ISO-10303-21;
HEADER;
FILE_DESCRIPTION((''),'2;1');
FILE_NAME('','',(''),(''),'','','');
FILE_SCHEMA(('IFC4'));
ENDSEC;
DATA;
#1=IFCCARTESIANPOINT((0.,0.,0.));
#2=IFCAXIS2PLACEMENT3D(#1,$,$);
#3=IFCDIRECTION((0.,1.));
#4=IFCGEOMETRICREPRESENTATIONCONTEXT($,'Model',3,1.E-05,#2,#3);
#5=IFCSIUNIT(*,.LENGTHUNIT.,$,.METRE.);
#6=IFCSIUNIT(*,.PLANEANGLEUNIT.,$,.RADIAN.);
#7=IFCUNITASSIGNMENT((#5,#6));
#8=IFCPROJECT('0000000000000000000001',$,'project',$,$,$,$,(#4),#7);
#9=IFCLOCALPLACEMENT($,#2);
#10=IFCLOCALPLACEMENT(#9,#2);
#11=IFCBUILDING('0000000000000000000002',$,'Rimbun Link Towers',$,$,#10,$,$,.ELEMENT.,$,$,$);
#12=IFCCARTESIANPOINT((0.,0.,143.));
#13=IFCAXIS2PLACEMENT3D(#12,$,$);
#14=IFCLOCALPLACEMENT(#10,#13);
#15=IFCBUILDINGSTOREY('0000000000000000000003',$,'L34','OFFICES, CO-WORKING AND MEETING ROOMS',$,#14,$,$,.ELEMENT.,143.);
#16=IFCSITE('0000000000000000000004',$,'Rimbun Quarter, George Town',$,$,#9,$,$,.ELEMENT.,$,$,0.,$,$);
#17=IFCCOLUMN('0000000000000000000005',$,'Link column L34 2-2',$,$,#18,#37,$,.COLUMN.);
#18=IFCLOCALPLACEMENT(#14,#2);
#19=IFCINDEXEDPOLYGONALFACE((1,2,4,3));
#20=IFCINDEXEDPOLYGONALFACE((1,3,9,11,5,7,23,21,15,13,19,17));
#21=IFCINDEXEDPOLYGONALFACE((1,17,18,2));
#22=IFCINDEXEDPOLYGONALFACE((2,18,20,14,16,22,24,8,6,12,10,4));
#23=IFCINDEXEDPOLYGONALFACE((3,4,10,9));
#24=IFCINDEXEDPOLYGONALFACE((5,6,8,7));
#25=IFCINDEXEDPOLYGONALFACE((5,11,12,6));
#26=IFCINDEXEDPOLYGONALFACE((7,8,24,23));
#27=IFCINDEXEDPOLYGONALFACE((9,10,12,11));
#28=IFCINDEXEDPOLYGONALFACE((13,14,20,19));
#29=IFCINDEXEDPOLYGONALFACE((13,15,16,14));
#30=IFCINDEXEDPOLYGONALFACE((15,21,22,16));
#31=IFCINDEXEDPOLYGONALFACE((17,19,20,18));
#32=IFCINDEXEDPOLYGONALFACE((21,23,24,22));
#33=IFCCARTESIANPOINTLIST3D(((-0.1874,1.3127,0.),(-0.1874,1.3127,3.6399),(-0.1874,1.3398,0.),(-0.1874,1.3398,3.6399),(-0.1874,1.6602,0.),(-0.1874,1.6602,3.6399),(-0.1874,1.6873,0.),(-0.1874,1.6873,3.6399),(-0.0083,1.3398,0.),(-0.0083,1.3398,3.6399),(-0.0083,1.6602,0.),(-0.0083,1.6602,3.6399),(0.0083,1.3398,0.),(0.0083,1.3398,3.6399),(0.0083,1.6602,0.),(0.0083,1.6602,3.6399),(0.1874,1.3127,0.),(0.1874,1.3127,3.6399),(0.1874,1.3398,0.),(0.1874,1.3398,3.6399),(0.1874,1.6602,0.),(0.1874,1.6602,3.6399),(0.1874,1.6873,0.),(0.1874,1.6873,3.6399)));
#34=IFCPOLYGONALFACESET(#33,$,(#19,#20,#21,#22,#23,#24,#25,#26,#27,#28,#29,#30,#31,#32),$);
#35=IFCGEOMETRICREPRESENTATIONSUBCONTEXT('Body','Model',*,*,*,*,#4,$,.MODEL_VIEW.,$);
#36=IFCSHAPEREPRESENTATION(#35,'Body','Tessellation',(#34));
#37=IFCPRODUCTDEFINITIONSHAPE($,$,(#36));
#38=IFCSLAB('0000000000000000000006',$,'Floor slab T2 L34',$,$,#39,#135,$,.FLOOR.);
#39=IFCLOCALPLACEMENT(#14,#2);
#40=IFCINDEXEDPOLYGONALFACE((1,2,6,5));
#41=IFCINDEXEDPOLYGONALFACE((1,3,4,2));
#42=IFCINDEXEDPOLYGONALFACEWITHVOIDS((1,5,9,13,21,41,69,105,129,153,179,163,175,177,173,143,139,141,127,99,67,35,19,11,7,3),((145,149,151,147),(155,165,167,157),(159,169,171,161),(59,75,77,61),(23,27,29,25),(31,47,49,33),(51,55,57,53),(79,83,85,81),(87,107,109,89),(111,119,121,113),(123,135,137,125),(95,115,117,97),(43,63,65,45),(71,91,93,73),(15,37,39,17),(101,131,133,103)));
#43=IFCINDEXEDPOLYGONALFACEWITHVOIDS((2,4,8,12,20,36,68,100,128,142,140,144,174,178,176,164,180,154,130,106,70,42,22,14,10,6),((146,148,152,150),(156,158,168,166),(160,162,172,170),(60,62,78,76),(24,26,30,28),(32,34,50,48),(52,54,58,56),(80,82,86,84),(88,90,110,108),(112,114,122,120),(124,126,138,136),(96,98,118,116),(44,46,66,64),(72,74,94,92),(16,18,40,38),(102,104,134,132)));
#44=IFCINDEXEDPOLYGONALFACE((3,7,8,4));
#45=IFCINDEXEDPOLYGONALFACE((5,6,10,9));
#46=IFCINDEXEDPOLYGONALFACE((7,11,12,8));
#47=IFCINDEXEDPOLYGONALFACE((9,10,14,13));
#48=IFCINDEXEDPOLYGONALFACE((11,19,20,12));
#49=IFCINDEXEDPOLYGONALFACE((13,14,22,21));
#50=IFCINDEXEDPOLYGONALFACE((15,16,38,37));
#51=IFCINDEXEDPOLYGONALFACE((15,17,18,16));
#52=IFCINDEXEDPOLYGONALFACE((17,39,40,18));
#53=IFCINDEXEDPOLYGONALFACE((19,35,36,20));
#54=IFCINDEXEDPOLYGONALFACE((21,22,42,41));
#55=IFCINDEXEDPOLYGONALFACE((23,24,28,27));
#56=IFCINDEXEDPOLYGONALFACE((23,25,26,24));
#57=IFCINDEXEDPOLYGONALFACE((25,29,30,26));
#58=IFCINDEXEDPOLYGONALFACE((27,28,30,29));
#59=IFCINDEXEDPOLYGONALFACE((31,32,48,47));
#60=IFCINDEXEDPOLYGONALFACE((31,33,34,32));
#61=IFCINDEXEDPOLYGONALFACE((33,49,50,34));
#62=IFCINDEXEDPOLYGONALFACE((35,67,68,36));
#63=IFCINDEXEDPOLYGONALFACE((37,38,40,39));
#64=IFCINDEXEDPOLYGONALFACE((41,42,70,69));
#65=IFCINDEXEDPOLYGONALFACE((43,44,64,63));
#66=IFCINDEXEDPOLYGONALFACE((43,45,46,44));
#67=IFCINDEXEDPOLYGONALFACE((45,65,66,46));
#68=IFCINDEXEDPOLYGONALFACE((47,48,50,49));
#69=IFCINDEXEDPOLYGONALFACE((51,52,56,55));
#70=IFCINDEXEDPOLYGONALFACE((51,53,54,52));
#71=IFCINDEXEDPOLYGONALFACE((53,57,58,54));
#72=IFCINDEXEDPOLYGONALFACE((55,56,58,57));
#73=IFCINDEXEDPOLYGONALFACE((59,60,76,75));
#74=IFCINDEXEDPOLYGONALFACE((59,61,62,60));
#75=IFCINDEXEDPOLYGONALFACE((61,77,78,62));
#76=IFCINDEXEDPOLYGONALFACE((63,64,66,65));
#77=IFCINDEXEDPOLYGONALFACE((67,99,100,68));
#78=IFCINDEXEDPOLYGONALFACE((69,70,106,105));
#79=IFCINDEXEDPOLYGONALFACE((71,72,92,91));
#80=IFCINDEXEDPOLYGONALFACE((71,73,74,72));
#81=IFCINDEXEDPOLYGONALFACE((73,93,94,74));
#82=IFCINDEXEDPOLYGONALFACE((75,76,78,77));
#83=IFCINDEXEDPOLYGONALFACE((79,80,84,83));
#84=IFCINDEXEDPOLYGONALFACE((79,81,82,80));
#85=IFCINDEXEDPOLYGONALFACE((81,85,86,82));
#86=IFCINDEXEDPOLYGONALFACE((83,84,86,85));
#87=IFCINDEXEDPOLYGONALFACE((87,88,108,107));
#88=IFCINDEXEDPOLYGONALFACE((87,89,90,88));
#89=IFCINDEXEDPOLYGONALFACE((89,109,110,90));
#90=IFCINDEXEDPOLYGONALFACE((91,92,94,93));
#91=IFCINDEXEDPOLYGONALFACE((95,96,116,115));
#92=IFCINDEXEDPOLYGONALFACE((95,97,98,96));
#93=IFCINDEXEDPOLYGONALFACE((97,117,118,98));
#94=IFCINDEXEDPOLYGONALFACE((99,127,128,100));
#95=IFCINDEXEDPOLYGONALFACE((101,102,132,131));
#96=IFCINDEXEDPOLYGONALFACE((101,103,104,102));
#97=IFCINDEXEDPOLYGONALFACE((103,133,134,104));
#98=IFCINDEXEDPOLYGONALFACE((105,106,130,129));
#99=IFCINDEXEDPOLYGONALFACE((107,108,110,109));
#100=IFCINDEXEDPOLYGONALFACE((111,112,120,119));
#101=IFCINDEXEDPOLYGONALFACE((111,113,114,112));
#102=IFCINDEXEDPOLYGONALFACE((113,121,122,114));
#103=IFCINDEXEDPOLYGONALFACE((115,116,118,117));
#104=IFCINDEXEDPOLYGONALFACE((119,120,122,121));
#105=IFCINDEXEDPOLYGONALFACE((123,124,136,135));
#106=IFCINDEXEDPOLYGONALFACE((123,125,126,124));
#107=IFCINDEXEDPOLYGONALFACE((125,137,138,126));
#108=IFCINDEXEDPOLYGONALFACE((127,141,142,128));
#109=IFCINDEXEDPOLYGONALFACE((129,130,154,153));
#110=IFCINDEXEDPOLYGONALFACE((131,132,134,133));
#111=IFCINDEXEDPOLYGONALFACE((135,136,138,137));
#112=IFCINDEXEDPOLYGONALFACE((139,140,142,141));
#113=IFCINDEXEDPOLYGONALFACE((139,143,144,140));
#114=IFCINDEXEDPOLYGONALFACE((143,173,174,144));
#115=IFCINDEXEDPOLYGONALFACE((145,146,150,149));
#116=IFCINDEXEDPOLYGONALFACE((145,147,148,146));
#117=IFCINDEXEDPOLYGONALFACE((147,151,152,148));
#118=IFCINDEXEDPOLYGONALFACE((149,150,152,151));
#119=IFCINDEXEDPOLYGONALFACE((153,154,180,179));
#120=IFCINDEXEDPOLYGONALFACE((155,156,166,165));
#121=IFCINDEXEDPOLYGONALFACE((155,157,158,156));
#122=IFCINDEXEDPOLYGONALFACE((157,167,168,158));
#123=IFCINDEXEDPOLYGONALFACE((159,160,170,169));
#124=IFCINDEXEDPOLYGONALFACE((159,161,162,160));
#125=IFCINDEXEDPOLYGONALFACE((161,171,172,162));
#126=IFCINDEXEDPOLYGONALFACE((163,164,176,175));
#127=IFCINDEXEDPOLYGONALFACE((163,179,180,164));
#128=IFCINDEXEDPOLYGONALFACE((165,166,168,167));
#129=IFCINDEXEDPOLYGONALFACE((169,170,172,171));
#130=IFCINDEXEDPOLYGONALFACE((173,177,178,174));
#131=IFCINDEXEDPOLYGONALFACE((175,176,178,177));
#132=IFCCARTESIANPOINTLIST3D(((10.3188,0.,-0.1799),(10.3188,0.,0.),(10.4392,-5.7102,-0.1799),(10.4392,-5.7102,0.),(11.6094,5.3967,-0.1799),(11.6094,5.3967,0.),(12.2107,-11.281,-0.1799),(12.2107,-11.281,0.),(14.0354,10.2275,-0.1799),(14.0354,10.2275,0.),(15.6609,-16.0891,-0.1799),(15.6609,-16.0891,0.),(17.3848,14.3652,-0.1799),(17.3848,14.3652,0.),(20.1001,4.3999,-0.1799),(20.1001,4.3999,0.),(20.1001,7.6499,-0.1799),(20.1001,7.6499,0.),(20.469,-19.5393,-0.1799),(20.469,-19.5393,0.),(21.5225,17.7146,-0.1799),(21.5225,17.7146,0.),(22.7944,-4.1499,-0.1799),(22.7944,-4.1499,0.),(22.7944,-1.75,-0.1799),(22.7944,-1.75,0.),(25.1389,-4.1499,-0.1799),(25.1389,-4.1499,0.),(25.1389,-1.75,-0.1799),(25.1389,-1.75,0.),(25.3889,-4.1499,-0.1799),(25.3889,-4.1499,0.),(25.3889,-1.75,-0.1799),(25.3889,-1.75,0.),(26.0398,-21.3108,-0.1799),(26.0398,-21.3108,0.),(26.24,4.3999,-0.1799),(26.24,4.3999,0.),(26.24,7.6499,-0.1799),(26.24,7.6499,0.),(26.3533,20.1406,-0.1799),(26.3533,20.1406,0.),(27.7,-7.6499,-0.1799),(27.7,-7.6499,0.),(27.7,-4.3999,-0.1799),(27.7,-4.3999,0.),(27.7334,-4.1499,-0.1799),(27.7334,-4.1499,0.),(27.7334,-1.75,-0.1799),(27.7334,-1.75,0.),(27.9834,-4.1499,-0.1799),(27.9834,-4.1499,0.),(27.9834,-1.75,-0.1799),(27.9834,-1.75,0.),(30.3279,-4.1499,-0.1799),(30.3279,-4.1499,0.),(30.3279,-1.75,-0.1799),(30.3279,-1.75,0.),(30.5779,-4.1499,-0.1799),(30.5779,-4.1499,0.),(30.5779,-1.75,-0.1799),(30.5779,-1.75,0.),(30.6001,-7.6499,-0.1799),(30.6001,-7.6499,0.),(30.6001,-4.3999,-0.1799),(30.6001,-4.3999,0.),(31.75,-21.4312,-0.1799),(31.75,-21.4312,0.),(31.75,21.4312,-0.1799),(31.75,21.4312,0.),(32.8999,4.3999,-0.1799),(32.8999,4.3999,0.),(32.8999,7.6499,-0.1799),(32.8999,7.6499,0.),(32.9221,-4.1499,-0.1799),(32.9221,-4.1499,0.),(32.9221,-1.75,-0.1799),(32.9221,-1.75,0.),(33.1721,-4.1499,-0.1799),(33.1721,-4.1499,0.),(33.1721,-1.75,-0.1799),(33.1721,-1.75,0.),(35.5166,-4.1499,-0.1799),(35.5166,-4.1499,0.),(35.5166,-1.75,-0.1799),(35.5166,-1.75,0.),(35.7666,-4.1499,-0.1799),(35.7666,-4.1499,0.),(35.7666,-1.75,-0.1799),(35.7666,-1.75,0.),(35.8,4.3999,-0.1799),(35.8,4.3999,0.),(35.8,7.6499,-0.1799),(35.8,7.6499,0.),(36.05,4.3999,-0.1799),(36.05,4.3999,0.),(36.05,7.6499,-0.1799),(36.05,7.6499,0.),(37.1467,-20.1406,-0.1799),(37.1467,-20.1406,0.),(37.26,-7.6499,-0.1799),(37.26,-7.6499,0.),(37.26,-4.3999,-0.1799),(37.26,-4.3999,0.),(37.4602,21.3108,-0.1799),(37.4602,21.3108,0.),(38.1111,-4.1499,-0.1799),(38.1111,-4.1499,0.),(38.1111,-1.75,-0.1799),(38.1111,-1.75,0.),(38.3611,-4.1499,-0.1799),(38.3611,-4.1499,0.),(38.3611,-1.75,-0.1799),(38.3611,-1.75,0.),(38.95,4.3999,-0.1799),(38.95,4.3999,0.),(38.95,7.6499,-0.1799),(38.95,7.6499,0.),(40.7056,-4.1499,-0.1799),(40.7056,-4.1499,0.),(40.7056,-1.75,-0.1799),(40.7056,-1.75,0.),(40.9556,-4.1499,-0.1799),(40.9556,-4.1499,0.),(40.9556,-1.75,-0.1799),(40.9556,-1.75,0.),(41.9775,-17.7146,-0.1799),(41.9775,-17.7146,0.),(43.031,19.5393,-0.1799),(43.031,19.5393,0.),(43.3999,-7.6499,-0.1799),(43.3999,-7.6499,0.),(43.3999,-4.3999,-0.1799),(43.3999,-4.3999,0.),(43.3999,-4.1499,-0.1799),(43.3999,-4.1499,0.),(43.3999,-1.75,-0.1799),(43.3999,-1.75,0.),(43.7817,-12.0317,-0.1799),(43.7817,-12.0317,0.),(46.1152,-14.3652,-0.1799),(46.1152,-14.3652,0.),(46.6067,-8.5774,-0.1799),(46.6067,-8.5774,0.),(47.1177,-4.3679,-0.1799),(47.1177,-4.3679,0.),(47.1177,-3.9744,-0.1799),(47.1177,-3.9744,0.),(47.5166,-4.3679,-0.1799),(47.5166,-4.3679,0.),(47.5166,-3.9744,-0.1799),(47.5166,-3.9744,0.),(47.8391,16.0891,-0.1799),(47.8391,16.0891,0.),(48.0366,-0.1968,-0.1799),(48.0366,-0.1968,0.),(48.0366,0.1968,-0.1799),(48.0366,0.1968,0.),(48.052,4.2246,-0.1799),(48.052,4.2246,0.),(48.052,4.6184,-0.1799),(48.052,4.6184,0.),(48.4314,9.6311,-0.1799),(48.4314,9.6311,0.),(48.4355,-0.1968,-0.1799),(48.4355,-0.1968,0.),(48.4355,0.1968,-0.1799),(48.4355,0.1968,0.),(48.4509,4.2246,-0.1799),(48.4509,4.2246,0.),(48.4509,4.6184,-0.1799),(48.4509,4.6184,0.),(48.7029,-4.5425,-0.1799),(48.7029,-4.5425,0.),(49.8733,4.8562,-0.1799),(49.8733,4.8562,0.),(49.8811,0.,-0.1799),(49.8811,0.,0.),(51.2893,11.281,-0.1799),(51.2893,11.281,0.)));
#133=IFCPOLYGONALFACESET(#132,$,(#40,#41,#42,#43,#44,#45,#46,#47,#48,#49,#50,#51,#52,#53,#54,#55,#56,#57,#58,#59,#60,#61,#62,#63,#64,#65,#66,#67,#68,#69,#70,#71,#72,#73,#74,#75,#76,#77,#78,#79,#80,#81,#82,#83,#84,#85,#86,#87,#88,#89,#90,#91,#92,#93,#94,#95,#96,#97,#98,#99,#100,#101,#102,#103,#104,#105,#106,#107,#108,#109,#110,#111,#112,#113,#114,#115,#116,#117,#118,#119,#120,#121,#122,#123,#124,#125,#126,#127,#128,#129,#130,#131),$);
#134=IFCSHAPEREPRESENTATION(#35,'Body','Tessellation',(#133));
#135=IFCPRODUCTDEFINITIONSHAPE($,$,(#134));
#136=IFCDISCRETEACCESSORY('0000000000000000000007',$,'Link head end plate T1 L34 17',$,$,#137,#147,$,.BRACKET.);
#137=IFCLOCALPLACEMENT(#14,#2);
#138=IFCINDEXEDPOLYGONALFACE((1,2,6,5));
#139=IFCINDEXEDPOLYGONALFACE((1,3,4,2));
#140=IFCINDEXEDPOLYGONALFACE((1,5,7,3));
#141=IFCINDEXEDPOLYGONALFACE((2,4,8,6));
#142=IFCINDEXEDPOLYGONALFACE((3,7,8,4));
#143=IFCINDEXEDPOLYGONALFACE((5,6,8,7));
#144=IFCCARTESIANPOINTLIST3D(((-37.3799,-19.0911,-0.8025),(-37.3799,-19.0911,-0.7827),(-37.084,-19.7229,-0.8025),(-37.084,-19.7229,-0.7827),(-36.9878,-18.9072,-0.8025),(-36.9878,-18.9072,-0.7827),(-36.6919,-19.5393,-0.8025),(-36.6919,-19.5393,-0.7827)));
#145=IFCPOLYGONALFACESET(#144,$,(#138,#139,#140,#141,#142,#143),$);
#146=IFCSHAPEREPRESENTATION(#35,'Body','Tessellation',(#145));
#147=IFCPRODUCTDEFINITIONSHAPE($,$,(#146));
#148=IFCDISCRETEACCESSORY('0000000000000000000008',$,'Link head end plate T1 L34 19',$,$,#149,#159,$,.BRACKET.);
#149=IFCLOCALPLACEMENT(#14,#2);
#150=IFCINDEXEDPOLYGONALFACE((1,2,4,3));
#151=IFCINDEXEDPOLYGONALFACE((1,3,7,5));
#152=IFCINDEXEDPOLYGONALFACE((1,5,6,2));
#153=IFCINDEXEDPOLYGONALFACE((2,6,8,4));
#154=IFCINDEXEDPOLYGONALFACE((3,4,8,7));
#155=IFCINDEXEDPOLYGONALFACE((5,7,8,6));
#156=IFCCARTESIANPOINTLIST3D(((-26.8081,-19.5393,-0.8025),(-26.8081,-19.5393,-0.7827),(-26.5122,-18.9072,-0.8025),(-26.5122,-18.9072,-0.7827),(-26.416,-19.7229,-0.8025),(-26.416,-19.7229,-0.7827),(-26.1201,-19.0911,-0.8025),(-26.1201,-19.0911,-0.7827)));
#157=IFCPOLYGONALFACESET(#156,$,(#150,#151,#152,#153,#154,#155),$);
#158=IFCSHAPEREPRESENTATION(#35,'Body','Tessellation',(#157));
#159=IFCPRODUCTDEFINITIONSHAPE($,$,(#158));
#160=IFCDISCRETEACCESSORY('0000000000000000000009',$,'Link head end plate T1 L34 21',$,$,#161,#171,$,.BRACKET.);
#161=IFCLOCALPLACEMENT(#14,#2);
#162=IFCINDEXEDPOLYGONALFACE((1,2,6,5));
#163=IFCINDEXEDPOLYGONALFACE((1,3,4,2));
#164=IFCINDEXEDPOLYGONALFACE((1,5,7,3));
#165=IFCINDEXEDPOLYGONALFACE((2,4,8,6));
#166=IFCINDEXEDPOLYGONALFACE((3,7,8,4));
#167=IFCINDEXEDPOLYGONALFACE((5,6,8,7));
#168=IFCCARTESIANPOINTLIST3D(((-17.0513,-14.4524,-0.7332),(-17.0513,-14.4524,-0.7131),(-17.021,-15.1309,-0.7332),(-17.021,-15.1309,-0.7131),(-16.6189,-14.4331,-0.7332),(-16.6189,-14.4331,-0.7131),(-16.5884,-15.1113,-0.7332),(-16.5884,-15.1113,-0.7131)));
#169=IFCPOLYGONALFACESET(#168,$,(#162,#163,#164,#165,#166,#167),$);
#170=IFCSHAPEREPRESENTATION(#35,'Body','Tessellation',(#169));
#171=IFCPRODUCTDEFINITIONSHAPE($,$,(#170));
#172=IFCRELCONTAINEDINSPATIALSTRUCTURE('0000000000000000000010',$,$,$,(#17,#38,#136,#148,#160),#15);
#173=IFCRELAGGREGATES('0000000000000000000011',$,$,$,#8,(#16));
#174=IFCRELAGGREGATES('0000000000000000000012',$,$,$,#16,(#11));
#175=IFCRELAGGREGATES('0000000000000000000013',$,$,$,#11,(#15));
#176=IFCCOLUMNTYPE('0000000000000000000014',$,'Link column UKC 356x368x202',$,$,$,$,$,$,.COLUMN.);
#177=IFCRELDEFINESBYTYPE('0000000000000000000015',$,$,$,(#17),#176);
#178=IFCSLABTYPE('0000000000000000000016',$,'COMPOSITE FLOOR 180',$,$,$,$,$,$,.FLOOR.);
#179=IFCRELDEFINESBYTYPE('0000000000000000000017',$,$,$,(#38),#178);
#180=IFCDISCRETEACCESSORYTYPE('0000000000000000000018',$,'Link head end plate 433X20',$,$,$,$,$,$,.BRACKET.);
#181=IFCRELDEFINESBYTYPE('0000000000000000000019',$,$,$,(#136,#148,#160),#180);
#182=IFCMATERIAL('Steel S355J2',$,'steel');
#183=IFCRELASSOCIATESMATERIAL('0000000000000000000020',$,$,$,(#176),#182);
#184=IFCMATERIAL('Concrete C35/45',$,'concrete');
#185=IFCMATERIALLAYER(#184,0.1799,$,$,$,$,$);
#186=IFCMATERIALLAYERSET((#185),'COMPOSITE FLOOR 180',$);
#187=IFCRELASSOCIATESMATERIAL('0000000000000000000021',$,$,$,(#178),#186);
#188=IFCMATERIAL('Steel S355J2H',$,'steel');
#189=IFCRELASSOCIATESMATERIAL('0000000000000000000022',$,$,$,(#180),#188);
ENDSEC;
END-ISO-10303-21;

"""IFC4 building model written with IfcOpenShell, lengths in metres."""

from ifc_helpers import new_model, si_unit, direction, frame, origin, origin_2d, place, context, subcontext, project, spatial, polyline, rectangle, i_section, outline, extrude, material, layer, layer_set, material_profile, profile_set, type_object, element, save


model = new_model("IFC4")

# Units and contexts
model_context = context("Model", 3, precision=1e-05, world=origin(), true_north=direction((0.0, 1.0)))
body_context = subcontext(model_context, "Body", "Model", "MODEL_VIEW")
ifc_project = project(units=[si_unit("LENGTHUNIT", "METRE"), si_unit("PLANEANGLEUNIT", "RADIAN")], contexts=[model_context])

# Site, building, storey
site_placement = place(None, origin())
site = spatial("IfcSite", under=ifc_project, at=site_placement, Name="Rimbun Quarter, George Town", CompositionType="ELEMENT", RefElevation=0.0)
building_placement = place(site_placement, origin())
building = spatial("IfcBuilding", under=site, at=building_placement, Name="Rimbun Link Towers", CompositionType="ELEMENT")
storey_placement = place(building_placement, frame((0.0, 0.0, 143.0)))
storey = spatial("IfcBuildingStorey", under=building, at=storey_placement, Name="L34", Description="OFFICES, CO-WORKING AND MEETING ROOMS", CompositionType="ELEMENT", Elevation=143.0)

# Column
ifc_material_1 = material(Name="Steel S355J2", Category="steel")
ifc_material_profile_1 = material_profile(ifc_material_1, i_section(OverallWidth=0.3748, OverallDepth=0.3745, WebThickness=0.0166, FlangeThickness=0.0271, at=origin_2d()), Name="UKC 356x368x202")
ifc_profile_set_1 = profile_set([ifc_material_profile_1], Name="Steel S355J2")
column_type = type_object("IfcColumnType", Name="Link column UKC 356x368x202", PredefinedType="COLUMN", material=ifc_profile_set_1)
column_placement = place(storey_placement, frame((0.0, 1.5, 0.0), z_axis=(0.0, 0.0, 1.0), x_axis=(1.0, 0.0, 0.0)))
element("IfcColumn", 1, at=column_placement, inside=storey, type_object=column_type, Name="Link column L34 2-2", PredefinedType="COLUMN", context=body_context, shape_type="SweptSolid", body=[
    extrude(i_section(OverallWidth=0.3748, OverallDepth=0.3745, WebThickness=0.0166, FlangeThickness=0.0271, at=origin_2d()), origin(), (0.0, 0.0, 1.0), 3.6399),
])

# Slab
ifc_material_2 = material(Name="Concrete C35/45", Category="concrete")
ifc_layer_1 = layer(ifc_material_2, 0.1799)
ifc_layer_set_1 = layer_set([ifc_layer_1], Name="COMPOSITE FLOOR 180")
slab_type_1 = type_object("IfcSlabType", Name="COMPOSITE FLOOR 180", PredefinedType="FLOOR", material=ifc_layer_set_1)
slab_1_placement = place(storey_placement, frame((0.0, 0.0, -0.1799)))
element("IfcSlab", 2, at=slab_1_placement, inside=storey, type_object=slab_type_1, Name="Floor slab T2 L34", PredefinedType="FLOOR", context=body_context, shape_type="SweptSolid", body=[
    extrude(outline(polyline([(41.9775, -17.7146), (37.1467, -20.1406), (31.75, -21.4312), (26.0398, -21.3108), (20.469, -19.5393), (15.6609, -16.0891), (12.2107, -11.281), (10.4392, -5.7102), (10.3188, 0.0), (11.6094, 5.3967), (14.0354, 10.2275), (17.3848, 14.3652), (21.5225, 17.7146), (26.3533, 20.1406), (31.75, 21.4312), (37.4602, 21.3108), (43.031, 19.5393), (47.8391, 16.0891), (51.2893, 11.281), (48.4314, 9.6311), (49.8733, 4.8562), (49.8811, 0.0), (48.7029, -4.5425), (46.6067, -8.5774), (43.7817, -12.0317), (46.1152, -14.3652), (41.9775, -17.7146)]), holes=[polyline([(30.6001, -7.6499), (30.6001, -4.3999), (27.7, -4.3999), (27.7, -7.6499), (30.6001, -7.6499)]), polyline([(25.1389, -4.1499), (25.1389, -1.75), (22.7944, -1.75), (22.7944, -4.1499), (25.1389, -4.1499)]), polyline([(27.7334, -4.1499), (27.7334, -1.75), (25.3889, -1.75), (25.3889, -4.1499), (27.7334, -4.1499)]), polyline([(30.3279, -4.1499), (30.3279, -1.75), (27.9834, -1.75), (27.9834, -4.1499), (30.3279, -4.1499)]), polyline([(32.9221, -4.1499), (32.9221, -1.75), (30.5779, -1.75), (30.5779, -4.1499), (32.9221, -4.1499)]), polyline([(35.5166, -4.1499), (35.5166, -1.75), (33.1721, -1.75), (33.1721, -4.1499), (35.5166, -4.1499)]), polyline([(26.24, 4.3999), (26.24, 7.6499), (20.1001, 7.6499), (20.1001, 4.3999), (26.24, 4.3999)]), polyline([(35.8, 4.3999), (35.8, 7.6499), (32.8999, 7.6499), (32.8999, 4.3999), (35.8, 4.3999)]), polyline([(43.3999, -7.6499), (43.3999, -4.3999), (37.26, -4.3999), (37.26, -7.6499), (43.3999, -7.6499)]), polyline([(47.5166, -4.3679), (47.5166, -3.9744), (47.1177, -3.9744), (47.1177, -4.3679), (47.5166, -4.3679)]), polyline([(38.1111, -4.1499), (38.1111, -1.75), (35.7666, -1.75), (35.7666, -4.1499), (38.1111, -4.1499)]), polyline([(40.7056, -4.1499), (40.7056, -1.75), (38.3611, -1.75), (38.3611, -4.1499), (40.7056, -4.1499)]), polyline([(43.3999, -4.1499), (43.3999, -1.75), (40.9556, -1.75), (40.9556, -4.1499), (43.3999, -4.1499)]), polyline([(48.4355, -0.1968), (48.4355, 0.1968), (48.0366, 0.1968), (48.0366, -0.1968), (48.4355, -0.1968)]), polyline([(48.4509, 4.2246), (48.4509, 4.6184), (48.052, 4.6184), (48.052, 4.2246), (48.4509, 4.2246)]), polyline([(38.95, 4.3999), (38.95, 7.6499), (36.05, 7.6499), (36.05, 4.3999), (38.95, 4.3999)])]), origin(), (0.0, 0.0, 1.0), 0.1799),
])

# Discrete accessories
ifc_material_3 = material(Name="Steel S355J2H", Category="steel")
ifc_material_profile_2 = material_profile(ifc_material_3, rectangle(XDim=0.4331, YDim=0.4331, at=origin_2d()), Name="PL 433x433")
ifc_profile_set_2 = profile_set([ifc_material_profile_2], Name="Steel S355J2H")
discrete_accessory_type = type_object("IfcDiscreteAccessoryType", Name="Link head end plate 433X20", PredefinedType="BRACKET", material=ifc_profile_set_2)
discrete_accessory_1_placement = place(storey_placement, frame((0.0, 0.0, -0.8025)))
element("IfcDiscreteAccessory", 3, at=discrete_accessory_1_placement, inside=storey, type_object=discrete_accessory_type, Name="Link head end plate T1 L34 17", PredefinedType="BRACKET", context=body_context, shape_type="SweptSolid", body=[
    extrude(outline(polyline([(-37.3799, -19.0911), (-37.084, -19.7229), (-36.6919, -19.5393), (-36.9878, -18.9072), (-37.3799, -19.0911)])), origin(), (0.0, 0.0, 1.0), 0.0198),
])
discrete_accessory_2_placement = place(storey_placement, frame((0.0, 0.0, -0.8025)))
element("IfcDiscreteAccessory", 4, at=discrete_accessory_2_placement, inside=storey, type_object=discrete_accessory_type, Name="Link head end plate T1 L34 19", PredefinedType="BRACKET", context=body_context, shape_type="SweptSolid", body=[
    extrude(outline(polyline([(-26.5122, -18.9072), (-26.8081, -19.5393), (-26.416, -19.7229), (-26.1201, -19.0911), (-26.5122, -18.9072)])), origin(), (0.0, 0.0, 1.0), 0.0198),
])
discrete_accessory_3_placement = place(storey_placement, frame((0.0, 0.0, -0.7332)))
element("IfcDiscreteAccessory", 5, at=discrete_accessory_3_placement, inside=storey, type_object=discrete_accessory_type, Name="Link head end plate T1 L34 21", PredefinedType="BRACKET", context=body_context, shape_type="SweptSolid", body=[
    extrude(outline(polyline([(-17.0513, -14.4524), (-17.021, -15.1309), (-16.5884, -15.1113), (-16.6189, -14.4331), (-17.0513, -14.4524)])), origin(), (0.0, 0.0, 1.0), 0.02),
])

save(model, "model.ifc")
